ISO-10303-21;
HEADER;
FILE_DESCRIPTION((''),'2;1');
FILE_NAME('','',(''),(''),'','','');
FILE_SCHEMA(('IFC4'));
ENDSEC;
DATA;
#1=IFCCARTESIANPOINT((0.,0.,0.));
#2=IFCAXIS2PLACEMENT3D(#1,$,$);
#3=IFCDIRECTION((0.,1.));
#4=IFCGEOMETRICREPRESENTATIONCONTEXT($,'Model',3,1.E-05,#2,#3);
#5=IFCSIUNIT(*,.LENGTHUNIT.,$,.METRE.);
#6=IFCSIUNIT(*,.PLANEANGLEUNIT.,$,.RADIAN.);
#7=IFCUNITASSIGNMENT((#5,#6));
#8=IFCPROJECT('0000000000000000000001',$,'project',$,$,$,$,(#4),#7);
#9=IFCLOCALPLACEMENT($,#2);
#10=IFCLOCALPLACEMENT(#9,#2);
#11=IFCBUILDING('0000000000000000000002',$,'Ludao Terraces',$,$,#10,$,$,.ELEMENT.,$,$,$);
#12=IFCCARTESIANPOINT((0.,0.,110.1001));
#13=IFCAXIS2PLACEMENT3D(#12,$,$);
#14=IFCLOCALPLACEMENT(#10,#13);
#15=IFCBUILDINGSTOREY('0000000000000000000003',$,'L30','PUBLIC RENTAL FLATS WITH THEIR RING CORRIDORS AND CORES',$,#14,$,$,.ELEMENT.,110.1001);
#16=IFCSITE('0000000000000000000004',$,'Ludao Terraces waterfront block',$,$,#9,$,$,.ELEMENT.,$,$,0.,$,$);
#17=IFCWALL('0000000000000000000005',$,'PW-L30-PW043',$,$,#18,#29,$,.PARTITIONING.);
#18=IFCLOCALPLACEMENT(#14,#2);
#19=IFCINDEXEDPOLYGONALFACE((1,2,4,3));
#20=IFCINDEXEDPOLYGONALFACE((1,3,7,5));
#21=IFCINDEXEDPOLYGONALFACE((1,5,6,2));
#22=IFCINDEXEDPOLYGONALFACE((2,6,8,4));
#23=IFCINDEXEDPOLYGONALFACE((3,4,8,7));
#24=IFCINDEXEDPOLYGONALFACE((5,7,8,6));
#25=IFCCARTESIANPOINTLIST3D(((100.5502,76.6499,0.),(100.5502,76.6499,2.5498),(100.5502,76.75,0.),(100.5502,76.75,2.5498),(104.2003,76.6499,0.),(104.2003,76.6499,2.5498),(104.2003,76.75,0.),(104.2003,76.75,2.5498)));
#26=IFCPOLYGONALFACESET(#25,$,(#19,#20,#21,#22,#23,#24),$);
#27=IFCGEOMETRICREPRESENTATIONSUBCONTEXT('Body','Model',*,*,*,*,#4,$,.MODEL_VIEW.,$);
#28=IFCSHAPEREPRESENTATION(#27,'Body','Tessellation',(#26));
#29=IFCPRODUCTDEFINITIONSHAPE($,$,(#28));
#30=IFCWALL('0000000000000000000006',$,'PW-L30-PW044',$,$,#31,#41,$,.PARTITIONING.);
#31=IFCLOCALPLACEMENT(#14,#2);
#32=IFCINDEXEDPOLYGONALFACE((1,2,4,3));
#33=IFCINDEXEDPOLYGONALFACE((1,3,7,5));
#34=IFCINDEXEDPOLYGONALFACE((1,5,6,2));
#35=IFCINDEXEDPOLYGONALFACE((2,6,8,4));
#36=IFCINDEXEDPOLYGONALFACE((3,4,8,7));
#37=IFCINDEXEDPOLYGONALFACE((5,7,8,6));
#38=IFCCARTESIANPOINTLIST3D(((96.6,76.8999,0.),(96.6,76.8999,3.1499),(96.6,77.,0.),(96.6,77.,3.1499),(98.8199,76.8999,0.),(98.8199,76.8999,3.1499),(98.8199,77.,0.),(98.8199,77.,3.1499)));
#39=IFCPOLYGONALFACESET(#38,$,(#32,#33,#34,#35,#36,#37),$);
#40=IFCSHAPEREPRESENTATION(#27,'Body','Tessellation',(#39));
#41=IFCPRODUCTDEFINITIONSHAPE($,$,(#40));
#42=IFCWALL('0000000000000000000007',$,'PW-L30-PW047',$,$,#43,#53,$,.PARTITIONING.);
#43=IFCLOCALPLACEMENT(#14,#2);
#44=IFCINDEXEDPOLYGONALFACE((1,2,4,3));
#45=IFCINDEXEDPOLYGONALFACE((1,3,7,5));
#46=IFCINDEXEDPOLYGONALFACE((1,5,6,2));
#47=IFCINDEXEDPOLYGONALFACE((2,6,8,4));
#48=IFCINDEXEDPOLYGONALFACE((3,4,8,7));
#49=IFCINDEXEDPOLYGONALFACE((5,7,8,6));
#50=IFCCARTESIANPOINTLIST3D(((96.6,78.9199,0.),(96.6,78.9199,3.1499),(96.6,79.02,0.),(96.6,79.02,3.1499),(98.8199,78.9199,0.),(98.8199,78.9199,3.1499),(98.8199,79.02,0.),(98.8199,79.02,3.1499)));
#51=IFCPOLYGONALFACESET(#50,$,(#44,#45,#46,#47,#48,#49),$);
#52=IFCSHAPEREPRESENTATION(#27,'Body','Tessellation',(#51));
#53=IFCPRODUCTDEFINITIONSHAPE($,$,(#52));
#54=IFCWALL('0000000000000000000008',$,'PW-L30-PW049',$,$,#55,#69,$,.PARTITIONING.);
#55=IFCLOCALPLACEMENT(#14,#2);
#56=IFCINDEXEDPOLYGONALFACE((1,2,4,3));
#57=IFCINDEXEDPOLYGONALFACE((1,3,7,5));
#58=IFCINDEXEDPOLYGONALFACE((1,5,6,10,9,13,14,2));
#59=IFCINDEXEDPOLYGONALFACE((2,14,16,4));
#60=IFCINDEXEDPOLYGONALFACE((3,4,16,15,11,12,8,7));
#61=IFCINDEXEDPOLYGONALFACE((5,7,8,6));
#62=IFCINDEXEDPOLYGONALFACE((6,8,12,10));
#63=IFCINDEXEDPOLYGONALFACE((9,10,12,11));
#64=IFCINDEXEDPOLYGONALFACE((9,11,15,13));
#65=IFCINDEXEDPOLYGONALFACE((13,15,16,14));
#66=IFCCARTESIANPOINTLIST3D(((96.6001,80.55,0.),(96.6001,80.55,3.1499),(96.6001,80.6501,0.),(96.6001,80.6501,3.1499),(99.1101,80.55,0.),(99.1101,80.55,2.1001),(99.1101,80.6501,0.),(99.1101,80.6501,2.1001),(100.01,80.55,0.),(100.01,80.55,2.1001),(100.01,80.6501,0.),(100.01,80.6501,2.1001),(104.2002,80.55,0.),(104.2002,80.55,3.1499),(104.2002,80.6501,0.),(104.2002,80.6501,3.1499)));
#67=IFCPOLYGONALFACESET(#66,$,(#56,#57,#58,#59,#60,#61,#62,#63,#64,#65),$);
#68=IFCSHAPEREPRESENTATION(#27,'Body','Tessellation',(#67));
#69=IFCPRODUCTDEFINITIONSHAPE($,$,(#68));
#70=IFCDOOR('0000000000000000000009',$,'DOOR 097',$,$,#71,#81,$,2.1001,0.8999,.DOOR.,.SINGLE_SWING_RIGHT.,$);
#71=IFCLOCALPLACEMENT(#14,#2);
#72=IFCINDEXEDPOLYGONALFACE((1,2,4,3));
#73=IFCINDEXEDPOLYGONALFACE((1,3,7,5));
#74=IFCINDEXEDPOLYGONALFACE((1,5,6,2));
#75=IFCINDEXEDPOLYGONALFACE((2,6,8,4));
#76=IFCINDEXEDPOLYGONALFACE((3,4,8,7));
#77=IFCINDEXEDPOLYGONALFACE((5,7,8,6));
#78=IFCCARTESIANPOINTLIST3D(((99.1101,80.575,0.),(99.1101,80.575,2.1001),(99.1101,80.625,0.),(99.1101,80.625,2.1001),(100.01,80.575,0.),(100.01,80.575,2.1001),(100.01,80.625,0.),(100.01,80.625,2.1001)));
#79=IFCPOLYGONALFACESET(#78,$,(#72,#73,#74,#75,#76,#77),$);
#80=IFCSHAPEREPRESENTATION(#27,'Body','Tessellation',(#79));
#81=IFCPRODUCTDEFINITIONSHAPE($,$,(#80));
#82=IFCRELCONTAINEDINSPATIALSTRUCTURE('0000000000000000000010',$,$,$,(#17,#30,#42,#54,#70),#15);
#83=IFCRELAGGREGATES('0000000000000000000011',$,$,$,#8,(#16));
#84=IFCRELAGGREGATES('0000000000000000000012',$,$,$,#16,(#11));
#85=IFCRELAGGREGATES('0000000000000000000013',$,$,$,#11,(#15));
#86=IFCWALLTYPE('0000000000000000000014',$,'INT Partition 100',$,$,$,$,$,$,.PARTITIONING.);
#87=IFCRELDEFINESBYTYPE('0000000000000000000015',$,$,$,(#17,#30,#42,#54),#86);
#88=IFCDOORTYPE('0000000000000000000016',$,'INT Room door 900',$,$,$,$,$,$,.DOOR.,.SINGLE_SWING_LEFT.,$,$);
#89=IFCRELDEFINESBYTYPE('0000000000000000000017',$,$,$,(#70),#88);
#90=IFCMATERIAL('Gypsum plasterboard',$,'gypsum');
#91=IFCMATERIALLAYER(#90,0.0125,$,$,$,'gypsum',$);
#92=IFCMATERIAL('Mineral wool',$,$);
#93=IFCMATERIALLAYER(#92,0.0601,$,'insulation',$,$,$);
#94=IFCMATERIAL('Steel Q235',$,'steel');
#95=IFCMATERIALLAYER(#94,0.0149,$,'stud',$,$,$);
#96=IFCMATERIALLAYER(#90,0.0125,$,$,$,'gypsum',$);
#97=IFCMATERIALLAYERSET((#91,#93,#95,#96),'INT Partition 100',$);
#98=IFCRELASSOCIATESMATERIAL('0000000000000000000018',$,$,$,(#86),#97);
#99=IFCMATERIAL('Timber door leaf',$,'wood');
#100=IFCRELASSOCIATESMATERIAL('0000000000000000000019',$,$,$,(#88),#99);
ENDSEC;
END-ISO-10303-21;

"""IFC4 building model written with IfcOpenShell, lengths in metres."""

from ifc_helpers import new_model, si_unit, direction, frame, frame_2d, origin, place, context, subcontext, project, spatial, rectangle, extrude, material, layer, layer_set, type_object, element, fill, save


model = new_model("IFC4")

# Units and contexts
model_context = context("Model", 3, precision=1e-05, world=origin(), true_north=direction((0.0, 1.0)))
body_context = subcontext(model_context, "Body", "Model", "MODEL_VIEW")
ifc_project = project(units=[si_unit("LENGTHUNIT", "METRE"), si_unit("PLANEANGLEUNIT", "RADIAN")], contexts=[model_context])

# Site, building, storey
site_placement = place(None, origin())
site = spatial("IfcSite", under=ifc_project, at=site_placement, Name="Ludao Terraces waterfront block", CompositionType="ELEMENT", RefElevation=0.0)
building_placement = place(site_placement, origin())
building = spatial("IfcBuilding", under=site, at=building_placement, Name="Ludao Terraces", CompositionType="ELEMENT")
storey_placement = place(building_placement, frame((0.0, 0.0, 110.1001)))
storey = spatial("IfcBuildingStorey", under=building, at=storey_placement, Name="L30", Description="PUBLIC RENTAL FLATS WITH THEIR RING CORRIDORS AND CORES", CompositionType="ELEMENT", Elevation=110.1001)

# Shared definitions
ifc_material_1 = material(Name="Steel Q235", Category="steel")

# Shared definitions
ifc_material_2 = material(Name="Mineral wool")

# Walls
ifc_material_3 = material(Name="Gypsum plasterboard", Category="gypsum")
ifc_layer_1 = layer(ifc_material_3, 0.0125, Category="gypsum")
ifc_layer_2 = layer(ifc_material_2, 0.0601, Name="insulation")
ifc_layer_3 = layer(ifc_material_1, 0.0149, Name="stud")
ifc_layer_4 = layer(ifc_material_3, 0.0125, Category="gypsum")
ifc_layer_set_1 = layer_set([ifc_layer_1, ifc_layer_2, ifc_layer_3, ifc_layer_4], Name="INT Partition 100")
wall_type_1 = type_object("IfcWallType", Name="INT Partition 100", PredefinedType="PARTITIONING", material=ifc_layer_set_1)
wall_1_placement = place(storey_placement, frame((100.55, 76.7, 0.0), z_axis=(0.0, 0.0, 1.0), x_axis=(1.0, 0.0, 0.0)))
element("IfcWall", 1, at=wall_1_placement, inside=storey, type_object=wall_type_1, Name="PW-L30-PW043", PredefinedType="PARTITIONING", context=body_context, shape_type="SweptSolid", body=[
    extrude(rectangle(XDim=3.6501, YDim=0.1001, at=frame_2d((1.8252, 0.0))), origin(), (0.0, 0.0, 1.0), 2.5498),
])
for number, where, z_axis, x_axis, name in (
    (2, (96.6001, 76.95, 0.0), (0.0, 0.0, 1.0), (1.0, 0.0, 0.0), "PW-L30-PW044"),
    (3, (96.6001, 78.97, 0.0), (0.0, 0.0, 1.0), (1.0, 0.0, 0.0), "PW-L30-PW047"),
):
    element("IfcWall", number, at=place(storey_placement, frame(where, z_axis=z_axis, x_axis=x_axis)), inside=storey, type_object=wall_type_1, Name=name, PredefinedType="PARTITIONING", context=body_context, shape_type="SweptSolid", body=[
        extrude(rectangle(XDim=2.22, YDim=0.1001, at=frame_2d((1.1099, 0.0))), origin(), (0.0, 0.0, 1.0), 3.1499),
    ])

# Wall, opening, door
wall_2_placement = place(storey_placement, frame((96.6001, 80.6001, 0.0), z_axis=(0.0, 0.0, 1.0), x_axis=(1.0, 0.0, 0.0)))
wall_2 = element("IfcWall", 4, at=wall_2_placement, inside=storey, type_object=wall_type_1, Name="PW-L30-PW049", PredefinedType="PARTITIONING", context=body_context, shape_type="SweptSolid", body=[
    extrude(rectangle(XDim=7.6001, YDim=0.1001, at=frame_2d((3.8, 0.0))), origin(), (0.0, 0.0, 1.0), 3.1499),
])
opening_1_placement = place(wall_2_placement, frame((2.51, 0.0, 0.0)))
opening_1 = element("IfcOpeningElement", 5, at=opening_1_placement, cuts=wall_2, PredefinedType="OPENING", context=body_context, shape_type="SweptSolid", body=[
    extrude(rectangle(XDim=0.8999, YDim=2.1001, at=frame_2d((0.45, 1.05))), frame((0.0, 0.0601, 0.0), z_axis=(0.0, -1.0, 0.0), x_axis=(1.0, 0.0, 0.0)), (0.0, 0.0, 1.0), 0.1201),
])
ifc_material_4 = material(Name="Timber door leaf", Category="wood")
door_type_1 = type_object("IfcDoorType", Name="INT Room door 900", OperationType="SINGLE_SWING_LEFT", PredefinedType="DOOR", material=ifc_material_4)
door_1_placement = place(opening_1_placement, origin())
door_1 = element("IfcDoor", 6, at=door_1_placement, inside=storey, type_object=door_type_1, Name="DOOR 097", OperationType="SINGLE_SWING_RIGHT", OverallHeight=2.1001, OverallWidth=0.8999, PredefinedType="DOOR", context=body_context, shape_type="SweptSolid", body=[
    extrude(rectangle(XDim=0.8999, YDim=2.1001, at=frame_2d((0.45, 1.05))), frame((0.0, 0.0249, 0.0), z_axis=(0.0, -1.0, 0.0), x_axis=(1.0, 0.0, 0.0)), (0.0, 0.0, 1.0), 0.05),
])
fill(opening_1, door_1)

save(model, "model.ifc")
